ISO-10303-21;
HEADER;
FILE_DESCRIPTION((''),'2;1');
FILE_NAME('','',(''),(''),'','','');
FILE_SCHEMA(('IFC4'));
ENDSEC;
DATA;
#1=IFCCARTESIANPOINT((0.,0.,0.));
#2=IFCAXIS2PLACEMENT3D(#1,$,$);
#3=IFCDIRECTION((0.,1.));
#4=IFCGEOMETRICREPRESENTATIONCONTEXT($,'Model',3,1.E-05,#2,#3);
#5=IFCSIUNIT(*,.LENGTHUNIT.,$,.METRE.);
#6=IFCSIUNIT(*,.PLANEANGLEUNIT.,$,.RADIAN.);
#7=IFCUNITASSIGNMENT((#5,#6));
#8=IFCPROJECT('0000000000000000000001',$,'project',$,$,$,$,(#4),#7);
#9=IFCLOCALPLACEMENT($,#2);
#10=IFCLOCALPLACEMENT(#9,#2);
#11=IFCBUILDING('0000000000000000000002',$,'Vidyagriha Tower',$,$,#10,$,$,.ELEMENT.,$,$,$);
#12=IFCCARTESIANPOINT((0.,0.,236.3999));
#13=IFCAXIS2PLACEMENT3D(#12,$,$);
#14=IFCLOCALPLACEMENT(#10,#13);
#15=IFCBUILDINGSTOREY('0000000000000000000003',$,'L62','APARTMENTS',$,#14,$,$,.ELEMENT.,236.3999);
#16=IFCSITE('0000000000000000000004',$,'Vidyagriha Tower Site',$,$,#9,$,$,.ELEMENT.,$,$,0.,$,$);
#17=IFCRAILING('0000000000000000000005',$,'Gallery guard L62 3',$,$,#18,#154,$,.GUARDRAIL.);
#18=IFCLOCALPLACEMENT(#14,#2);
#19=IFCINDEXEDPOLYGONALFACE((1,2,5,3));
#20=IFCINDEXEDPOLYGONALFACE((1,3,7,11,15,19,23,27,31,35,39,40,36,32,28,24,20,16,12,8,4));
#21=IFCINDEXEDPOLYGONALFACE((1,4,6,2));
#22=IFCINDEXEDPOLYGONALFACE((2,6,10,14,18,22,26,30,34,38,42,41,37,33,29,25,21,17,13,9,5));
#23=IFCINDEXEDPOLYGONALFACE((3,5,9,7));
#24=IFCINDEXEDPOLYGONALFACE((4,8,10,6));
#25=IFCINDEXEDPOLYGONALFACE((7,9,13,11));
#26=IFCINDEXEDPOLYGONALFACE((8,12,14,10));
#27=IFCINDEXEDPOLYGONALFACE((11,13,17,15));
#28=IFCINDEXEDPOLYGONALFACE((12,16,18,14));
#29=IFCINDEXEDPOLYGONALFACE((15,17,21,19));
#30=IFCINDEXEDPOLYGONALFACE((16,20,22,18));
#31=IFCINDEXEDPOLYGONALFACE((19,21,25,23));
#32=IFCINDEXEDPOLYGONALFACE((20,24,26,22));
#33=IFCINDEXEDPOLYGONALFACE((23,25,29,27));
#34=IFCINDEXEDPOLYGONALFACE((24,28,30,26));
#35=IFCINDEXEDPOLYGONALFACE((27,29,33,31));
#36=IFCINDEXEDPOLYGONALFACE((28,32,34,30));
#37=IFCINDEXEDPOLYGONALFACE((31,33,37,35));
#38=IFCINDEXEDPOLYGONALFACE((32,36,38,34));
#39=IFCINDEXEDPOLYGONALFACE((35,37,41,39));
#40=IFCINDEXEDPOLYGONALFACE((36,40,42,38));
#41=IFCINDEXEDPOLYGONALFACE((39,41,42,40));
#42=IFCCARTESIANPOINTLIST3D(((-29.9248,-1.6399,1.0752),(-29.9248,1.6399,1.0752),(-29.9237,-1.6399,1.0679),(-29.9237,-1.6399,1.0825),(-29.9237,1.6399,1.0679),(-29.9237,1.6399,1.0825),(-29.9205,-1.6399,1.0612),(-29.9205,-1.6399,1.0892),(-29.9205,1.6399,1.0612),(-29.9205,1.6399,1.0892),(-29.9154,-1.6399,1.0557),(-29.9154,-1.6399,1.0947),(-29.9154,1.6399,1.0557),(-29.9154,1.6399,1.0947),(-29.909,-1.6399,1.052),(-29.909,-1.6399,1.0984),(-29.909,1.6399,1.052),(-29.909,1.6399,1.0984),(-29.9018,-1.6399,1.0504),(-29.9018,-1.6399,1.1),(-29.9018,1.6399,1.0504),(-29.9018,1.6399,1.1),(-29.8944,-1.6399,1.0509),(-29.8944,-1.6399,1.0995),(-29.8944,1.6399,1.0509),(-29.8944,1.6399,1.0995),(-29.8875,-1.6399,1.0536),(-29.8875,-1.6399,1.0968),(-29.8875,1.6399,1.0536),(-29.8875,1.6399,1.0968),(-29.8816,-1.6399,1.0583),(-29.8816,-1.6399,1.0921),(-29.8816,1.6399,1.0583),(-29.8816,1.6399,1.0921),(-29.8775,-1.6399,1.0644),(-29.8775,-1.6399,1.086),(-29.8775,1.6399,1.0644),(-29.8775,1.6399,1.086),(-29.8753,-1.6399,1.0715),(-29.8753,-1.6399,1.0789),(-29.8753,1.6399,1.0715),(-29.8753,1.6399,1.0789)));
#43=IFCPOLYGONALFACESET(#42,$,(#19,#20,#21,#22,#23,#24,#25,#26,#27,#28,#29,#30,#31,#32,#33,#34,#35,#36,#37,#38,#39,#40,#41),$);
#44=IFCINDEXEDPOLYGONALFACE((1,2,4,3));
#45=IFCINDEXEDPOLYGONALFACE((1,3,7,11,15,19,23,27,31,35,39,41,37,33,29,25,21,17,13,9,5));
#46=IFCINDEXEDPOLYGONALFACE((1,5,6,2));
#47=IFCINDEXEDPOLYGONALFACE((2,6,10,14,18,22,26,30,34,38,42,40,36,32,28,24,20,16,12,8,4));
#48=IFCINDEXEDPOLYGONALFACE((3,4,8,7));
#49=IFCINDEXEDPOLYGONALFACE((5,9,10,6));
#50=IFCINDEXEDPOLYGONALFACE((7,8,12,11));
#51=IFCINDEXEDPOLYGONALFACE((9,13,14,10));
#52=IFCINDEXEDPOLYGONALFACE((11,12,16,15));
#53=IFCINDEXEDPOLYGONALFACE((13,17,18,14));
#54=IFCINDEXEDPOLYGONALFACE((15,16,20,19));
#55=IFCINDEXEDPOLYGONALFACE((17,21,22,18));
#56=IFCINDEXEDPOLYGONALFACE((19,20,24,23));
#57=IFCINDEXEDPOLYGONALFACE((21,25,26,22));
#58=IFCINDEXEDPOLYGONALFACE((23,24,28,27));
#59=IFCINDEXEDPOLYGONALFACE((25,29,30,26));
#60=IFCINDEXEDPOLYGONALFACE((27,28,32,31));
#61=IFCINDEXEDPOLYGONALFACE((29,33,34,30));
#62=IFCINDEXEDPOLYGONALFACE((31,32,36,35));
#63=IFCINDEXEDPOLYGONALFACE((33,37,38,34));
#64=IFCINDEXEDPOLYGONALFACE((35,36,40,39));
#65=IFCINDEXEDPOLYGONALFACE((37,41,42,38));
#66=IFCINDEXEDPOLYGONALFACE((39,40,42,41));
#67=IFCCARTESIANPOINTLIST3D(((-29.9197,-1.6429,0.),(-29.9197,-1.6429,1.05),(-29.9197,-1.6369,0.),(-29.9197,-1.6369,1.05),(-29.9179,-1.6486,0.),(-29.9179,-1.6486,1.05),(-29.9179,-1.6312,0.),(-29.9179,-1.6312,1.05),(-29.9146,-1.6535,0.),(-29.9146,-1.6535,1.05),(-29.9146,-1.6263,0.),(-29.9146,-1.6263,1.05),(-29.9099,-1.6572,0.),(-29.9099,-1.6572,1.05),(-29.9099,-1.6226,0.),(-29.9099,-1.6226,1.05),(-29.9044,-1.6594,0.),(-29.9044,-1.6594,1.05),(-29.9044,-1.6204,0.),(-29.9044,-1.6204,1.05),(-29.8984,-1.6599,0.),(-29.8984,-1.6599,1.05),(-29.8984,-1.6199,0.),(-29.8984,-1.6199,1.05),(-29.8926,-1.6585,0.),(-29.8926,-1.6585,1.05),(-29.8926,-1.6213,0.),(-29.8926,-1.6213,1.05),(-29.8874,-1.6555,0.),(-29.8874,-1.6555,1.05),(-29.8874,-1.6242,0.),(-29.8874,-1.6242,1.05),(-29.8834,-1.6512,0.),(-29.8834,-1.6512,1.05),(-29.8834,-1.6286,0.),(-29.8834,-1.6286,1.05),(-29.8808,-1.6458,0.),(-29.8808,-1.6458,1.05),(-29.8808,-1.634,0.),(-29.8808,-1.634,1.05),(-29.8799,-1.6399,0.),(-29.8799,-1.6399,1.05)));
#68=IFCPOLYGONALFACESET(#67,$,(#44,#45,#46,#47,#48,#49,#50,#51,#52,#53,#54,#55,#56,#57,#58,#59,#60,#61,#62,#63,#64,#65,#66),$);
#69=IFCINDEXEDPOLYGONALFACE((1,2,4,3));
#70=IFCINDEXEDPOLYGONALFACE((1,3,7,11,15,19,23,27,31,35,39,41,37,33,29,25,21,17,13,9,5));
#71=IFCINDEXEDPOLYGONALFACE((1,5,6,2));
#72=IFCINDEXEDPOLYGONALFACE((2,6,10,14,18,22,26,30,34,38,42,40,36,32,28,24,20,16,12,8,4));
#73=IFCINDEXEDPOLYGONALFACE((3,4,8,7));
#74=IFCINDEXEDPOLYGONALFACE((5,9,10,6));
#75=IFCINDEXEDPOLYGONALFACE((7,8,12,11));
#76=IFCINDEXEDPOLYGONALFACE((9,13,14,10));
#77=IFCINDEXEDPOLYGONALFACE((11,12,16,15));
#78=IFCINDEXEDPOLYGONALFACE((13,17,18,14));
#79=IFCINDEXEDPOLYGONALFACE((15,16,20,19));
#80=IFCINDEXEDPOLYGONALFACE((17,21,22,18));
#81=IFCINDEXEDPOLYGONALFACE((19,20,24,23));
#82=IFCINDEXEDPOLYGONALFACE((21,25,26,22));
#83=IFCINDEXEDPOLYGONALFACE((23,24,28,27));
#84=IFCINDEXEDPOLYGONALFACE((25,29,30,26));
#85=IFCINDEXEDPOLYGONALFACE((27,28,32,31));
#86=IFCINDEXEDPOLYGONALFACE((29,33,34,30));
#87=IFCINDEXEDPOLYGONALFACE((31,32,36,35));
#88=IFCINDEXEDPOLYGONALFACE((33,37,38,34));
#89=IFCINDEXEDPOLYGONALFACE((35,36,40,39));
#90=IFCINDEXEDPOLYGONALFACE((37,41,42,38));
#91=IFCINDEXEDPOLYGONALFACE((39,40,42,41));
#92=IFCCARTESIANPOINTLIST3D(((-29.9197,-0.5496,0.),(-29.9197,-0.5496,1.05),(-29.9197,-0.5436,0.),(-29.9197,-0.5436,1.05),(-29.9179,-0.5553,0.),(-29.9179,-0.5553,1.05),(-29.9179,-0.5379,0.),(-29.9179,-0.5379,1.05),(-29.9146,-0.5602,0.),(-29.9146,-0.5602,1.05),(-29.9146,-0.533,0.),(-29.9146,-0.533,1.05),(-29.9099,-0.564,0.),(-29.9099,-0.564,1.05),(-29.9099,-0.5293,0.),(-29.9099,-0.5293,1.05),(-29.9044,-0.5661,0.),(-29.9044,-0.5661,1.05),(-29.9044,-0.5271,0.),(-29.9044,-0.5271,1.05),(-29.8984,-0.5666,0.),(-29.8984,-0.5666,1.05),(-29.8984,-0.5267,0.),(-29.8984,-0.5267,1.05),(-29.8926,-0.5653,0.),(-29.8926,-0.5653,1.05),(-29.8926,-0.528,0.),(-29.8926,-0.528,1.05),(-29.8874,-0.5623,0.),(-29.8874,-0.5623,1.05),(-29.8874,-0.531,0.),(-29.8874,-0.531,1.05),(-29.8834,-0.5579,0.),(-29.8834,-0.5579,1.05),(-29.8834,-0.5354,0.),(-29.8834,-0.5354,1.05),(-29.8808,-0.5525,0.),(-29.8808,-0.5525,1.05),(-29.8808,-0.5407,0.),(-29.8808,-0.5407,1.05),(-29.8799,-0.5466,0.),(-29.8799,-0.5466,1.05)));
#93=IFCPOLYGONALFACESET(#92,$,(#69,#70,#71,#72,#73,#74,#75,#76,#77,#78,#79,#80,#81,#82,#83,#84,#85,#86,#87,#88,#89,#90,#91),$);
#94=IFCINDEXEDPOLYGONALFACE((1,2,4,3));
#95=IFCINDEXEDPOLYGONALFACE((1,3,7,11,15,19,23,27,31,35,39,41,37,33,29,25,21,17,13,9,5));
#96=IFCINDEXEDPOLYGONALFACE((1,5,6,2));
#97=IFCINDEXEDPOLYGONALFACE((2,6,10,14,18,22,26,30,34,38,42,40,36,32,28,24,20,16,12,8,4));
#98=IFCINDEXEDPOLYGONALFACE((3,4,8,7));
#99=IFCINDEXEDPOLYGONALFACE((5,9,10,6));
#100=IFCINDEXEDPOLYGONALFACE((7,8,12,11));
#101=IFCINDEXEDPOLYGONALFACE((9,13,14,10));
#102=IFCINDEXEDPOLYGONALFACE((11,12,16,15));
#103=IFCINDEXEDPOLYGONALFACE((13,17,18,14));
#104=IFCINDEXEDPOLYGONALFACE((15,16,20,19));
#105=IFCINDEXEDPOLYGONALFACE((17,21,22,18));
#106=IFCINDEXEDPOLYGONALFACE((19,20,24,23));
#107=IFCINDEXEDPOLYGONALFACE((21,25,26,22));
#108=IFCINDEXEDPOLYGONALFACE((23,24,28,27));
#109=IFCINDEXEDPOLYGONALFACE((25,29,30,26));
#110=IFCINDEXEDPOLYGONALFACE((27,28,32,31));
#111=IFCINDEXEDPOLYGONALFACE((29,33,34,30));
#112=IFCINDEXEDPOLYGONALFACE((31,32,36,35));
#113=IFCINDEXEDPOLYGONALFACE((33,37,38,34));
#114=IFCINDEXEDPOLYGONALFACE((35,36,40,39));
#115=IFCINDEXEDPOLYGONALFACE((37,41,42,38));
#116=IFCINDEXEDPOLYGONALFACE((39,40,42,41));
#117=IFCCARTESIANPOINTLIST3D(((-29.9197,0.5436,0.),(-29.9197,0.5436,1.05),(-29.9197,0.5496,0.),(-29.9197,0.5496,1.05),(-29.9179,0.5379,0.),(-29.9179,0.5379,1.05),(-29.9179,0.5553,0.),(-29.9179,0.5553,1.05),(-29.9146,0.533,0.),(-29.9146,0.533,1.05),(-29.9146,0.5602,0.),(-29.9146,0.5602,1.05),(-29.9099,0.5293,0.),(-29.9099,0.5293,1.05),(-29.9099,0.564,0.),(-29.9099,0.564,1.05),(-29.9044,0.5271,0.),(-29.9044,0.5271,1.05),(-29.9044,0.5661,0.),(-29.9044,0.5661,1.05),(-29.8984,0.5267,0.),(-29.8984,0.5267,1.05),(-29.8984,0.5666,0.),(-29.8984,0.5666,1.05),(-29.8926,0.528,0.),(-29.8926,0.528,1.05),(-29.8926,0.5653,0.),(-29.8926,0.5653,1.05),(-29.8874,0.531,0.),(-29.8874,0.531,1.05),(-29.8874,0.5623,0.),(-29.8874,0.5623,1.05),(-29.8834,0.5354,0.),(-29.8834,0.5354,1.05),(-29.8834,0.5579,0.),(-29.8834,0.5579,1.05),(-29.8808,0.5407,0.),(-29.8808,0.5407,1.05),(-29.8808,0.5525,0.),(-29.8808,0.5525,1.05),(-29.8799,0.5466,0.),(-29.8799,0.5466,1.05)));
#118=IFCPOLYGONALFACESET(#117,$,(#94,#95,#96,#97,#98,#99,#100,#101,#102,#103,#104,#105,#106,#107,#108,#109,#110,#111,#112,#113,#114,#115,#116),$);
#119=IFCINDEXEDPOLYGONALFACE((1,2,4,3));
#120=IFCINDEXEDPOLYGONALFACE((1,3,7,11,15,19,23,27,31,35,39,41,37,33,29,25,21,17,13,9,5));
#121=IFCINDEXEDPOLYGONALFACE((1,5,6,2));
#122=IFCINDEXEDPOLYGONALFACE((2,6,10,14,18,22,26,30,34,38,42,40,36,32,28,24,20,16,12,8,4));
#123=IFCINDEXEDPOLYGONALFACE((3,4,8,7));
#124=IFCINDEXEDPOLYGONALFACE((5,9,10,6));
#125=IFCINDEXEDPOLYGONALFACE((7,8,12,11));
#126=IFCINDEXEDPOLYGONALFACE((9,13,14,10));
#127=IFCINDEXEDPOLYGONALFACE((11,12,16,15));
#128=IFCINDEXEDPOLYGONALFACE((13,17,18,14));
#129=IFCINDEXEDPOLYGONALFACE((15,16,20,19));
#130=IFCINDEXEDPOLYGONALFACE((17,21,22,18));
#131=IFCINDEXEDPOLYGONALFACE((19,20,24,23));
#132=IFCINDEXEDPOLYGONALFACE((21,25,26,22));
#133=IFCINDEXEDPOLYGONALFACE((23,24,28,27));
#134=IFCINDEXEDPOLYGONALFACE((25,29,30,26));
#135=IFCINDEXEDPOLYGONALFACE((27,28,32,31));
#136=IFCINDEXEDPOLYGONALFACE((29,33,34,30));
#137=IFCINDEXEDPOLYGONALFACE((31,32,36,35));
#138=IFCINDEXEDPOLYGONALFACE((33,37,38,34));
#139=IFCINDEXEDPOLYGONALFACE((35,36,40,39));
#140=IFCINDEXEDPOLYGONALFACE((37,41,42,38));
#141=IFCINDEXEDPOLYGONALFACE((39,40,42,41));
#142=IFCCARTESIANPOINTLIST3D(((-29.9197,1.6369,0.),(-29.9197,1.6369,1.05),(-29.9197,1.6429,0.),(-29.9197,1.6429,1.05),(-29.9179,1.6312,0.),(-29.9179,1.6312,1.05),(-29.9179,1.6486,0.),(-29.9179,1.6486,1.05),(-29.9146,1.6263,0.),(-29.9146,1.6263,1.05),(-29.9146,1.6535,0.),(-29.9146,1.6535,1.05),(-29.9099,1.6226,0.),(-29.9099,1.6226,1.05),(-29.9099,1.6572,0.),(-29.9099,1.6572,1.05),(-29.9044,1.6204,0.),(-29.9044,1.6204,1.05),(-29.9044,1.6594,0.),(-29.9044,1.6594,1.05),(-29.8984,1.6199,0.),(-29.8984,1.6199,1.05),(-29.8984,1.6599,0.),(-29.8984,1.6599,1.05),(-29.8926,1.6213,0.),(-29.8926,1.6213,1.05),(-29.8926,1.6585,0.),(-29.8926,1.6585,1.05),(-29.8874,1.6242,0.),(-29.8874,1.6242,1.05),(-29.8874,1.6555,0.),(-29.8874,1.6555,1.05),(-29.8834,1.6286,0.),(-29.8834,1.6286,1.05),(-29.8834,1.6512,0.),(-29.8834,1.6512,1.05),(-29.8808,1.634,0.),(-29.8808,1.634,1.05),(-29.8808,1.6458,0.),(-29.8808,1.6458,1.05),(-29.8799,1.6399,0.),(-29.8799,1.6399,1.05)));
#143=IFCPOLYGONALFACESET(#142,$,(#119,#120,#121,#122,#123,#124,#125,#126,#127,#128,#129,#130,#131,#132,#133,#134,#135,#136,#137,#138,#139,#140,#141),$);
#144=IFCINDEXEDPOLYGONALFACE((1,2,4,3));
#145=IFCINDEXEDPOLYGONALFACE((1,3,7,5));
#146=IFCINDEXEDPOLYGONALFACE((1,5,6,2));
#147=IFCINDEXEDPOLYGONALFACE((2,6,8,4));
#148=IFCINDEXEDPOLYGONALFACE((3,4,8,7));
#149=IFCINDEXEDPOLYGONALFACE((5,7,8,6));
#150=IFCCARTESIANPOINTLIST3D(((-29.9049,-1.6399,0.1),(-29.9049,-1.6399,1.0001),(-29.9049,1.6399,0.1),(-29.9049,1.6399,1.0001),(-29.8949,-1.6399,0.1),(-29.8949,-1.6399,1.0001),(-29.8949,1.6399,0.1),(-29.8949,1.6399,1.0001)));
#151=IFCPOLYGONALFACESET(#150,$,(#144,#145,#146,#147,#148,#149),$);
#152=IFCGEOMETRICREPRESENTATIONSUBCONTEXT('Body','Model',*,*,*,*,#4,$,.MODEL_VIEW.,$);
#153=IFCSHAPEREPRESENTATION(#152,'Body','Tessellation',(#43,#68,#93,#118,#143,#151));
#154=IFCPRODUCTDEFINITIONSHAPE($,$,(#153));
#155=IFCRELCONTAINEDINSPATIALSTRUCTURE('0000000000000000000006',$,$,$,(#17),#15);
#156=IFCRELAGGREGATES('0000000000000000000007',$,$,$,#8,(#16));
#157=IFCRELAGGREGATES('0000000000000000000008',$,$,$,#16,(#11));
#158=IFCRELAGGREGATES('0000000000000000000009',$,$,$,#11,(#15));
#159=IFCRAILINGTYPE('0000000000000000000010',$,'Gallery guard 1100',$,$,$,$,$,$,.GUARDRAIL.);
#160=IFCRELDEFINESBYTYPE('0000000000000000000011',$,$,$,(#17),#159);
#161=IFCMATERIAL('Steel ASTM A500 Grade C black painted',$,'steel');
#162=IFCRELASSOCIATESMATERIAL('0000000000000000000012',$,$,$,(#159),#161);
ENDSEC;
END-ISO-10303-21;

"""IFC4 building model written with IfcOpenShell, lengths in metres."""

from ifc_helpers import new_model, si_unit, direction, frame, origin, origin_2d, place, context, subcontext, project, spatial, rectangle, circle, extrude, material, type_object, element, save


model = new_model("IFC4")

# Units and contexts
model_context = context("Model", 3, precision=1e-05, world=origin(), true_north=direction((0.0, 1.0)))
body_context = subcontext(model_context, "Body", "Model", "MODEL_VIEW")
ifc_project = project(units=[si_unit("LENGTHUNIT", "METRE"), si_unit("PLANEANGLEUNIT", "RADIAN")], contexts=[model_context])

# Site, building, storey
site_placement = place(None, origin())
site = spatial("IfcSite", under=ifc_project, at=site_placement, Name="Vidyagriha Tower Site", CompositionType="ELEMENT", RefElevation=0.0)
building_placement = place(site_placement, origin())
building = spatial("IfcBuilding", under=site, at=building_placement, Name="Vidyagriha Tower", CompositionType="ELEMENT")
storey_placement = place(building_placement, frame((0.0, 0.0, 236.3999)))
storey = spatial("IfcBuildingStorey", under=building, at=storey_placement, Name="L62", Description="APARTMENTS", CompositionType="ELEMENT", Elevation=236.3999)

# Railing
ifc_material_1 = material(Name="Steel ASTM A500 Grade C black painted", Category="steel")
railing_type_1 = type_object("IfcRailingType", Name="Gallery guard 1100", PredefinedType="GUARDRAIL", material=ifc_material_1)
railing_1_placement = place(storey_placement, frame((-29.8999, -1.6399, 0.0)))
element("IfcRailing", 1, at=railing_1_placement, inside=storey, type_object=railing_type_1, Name="Gallery guard L62 3", PredefinedType="GUARDRAIL", context=body_context, shape_type="SweptSolid", body=[
    extrude(circle(Radius=0.0249, at=origin_2d()), frame((0.0, 0.0, 1.0752), z_axis=(0.0, 1.0, 0.0), x_axis=(-1.0, 0.0, 0.0)), (0.0, 0.0, 1.0), 3.2798),
    extrude(circle(Radius=0.02, at=origin_2d()), origin(), (0.0, 0.0, 1.0), 1.05),
    extrude(circle(Radius=0.02, at=origin_2d()), frame((0.0, 1.0933, 0.0)), (0.0, 0.0, 1.0), 1.05),
    extrude(circle(Radius=0.02, at=origin_2d()), frame((0.0, 2.1865, 0.0)), (0.0, 0.0, 1.0), 1.05),
    extrude(circle(Radius=0.02, at=origin_2d()), frame((0.0, 3.2798, 0.0)), (0.0, 0.0, 1.0), 1.05),
    extrude(rectangle(XDim=0.01, YDim=0.9001, at=origin_2d()), frame((0.0, 0.0, 0.55), z_axis=(0.0, 1.0, 0.0), x_axis=(-1.0, 0.0, 0.0)), (0.0, 0.0, 1.0), 3.2798),
])

save(model, "model.ifc")
